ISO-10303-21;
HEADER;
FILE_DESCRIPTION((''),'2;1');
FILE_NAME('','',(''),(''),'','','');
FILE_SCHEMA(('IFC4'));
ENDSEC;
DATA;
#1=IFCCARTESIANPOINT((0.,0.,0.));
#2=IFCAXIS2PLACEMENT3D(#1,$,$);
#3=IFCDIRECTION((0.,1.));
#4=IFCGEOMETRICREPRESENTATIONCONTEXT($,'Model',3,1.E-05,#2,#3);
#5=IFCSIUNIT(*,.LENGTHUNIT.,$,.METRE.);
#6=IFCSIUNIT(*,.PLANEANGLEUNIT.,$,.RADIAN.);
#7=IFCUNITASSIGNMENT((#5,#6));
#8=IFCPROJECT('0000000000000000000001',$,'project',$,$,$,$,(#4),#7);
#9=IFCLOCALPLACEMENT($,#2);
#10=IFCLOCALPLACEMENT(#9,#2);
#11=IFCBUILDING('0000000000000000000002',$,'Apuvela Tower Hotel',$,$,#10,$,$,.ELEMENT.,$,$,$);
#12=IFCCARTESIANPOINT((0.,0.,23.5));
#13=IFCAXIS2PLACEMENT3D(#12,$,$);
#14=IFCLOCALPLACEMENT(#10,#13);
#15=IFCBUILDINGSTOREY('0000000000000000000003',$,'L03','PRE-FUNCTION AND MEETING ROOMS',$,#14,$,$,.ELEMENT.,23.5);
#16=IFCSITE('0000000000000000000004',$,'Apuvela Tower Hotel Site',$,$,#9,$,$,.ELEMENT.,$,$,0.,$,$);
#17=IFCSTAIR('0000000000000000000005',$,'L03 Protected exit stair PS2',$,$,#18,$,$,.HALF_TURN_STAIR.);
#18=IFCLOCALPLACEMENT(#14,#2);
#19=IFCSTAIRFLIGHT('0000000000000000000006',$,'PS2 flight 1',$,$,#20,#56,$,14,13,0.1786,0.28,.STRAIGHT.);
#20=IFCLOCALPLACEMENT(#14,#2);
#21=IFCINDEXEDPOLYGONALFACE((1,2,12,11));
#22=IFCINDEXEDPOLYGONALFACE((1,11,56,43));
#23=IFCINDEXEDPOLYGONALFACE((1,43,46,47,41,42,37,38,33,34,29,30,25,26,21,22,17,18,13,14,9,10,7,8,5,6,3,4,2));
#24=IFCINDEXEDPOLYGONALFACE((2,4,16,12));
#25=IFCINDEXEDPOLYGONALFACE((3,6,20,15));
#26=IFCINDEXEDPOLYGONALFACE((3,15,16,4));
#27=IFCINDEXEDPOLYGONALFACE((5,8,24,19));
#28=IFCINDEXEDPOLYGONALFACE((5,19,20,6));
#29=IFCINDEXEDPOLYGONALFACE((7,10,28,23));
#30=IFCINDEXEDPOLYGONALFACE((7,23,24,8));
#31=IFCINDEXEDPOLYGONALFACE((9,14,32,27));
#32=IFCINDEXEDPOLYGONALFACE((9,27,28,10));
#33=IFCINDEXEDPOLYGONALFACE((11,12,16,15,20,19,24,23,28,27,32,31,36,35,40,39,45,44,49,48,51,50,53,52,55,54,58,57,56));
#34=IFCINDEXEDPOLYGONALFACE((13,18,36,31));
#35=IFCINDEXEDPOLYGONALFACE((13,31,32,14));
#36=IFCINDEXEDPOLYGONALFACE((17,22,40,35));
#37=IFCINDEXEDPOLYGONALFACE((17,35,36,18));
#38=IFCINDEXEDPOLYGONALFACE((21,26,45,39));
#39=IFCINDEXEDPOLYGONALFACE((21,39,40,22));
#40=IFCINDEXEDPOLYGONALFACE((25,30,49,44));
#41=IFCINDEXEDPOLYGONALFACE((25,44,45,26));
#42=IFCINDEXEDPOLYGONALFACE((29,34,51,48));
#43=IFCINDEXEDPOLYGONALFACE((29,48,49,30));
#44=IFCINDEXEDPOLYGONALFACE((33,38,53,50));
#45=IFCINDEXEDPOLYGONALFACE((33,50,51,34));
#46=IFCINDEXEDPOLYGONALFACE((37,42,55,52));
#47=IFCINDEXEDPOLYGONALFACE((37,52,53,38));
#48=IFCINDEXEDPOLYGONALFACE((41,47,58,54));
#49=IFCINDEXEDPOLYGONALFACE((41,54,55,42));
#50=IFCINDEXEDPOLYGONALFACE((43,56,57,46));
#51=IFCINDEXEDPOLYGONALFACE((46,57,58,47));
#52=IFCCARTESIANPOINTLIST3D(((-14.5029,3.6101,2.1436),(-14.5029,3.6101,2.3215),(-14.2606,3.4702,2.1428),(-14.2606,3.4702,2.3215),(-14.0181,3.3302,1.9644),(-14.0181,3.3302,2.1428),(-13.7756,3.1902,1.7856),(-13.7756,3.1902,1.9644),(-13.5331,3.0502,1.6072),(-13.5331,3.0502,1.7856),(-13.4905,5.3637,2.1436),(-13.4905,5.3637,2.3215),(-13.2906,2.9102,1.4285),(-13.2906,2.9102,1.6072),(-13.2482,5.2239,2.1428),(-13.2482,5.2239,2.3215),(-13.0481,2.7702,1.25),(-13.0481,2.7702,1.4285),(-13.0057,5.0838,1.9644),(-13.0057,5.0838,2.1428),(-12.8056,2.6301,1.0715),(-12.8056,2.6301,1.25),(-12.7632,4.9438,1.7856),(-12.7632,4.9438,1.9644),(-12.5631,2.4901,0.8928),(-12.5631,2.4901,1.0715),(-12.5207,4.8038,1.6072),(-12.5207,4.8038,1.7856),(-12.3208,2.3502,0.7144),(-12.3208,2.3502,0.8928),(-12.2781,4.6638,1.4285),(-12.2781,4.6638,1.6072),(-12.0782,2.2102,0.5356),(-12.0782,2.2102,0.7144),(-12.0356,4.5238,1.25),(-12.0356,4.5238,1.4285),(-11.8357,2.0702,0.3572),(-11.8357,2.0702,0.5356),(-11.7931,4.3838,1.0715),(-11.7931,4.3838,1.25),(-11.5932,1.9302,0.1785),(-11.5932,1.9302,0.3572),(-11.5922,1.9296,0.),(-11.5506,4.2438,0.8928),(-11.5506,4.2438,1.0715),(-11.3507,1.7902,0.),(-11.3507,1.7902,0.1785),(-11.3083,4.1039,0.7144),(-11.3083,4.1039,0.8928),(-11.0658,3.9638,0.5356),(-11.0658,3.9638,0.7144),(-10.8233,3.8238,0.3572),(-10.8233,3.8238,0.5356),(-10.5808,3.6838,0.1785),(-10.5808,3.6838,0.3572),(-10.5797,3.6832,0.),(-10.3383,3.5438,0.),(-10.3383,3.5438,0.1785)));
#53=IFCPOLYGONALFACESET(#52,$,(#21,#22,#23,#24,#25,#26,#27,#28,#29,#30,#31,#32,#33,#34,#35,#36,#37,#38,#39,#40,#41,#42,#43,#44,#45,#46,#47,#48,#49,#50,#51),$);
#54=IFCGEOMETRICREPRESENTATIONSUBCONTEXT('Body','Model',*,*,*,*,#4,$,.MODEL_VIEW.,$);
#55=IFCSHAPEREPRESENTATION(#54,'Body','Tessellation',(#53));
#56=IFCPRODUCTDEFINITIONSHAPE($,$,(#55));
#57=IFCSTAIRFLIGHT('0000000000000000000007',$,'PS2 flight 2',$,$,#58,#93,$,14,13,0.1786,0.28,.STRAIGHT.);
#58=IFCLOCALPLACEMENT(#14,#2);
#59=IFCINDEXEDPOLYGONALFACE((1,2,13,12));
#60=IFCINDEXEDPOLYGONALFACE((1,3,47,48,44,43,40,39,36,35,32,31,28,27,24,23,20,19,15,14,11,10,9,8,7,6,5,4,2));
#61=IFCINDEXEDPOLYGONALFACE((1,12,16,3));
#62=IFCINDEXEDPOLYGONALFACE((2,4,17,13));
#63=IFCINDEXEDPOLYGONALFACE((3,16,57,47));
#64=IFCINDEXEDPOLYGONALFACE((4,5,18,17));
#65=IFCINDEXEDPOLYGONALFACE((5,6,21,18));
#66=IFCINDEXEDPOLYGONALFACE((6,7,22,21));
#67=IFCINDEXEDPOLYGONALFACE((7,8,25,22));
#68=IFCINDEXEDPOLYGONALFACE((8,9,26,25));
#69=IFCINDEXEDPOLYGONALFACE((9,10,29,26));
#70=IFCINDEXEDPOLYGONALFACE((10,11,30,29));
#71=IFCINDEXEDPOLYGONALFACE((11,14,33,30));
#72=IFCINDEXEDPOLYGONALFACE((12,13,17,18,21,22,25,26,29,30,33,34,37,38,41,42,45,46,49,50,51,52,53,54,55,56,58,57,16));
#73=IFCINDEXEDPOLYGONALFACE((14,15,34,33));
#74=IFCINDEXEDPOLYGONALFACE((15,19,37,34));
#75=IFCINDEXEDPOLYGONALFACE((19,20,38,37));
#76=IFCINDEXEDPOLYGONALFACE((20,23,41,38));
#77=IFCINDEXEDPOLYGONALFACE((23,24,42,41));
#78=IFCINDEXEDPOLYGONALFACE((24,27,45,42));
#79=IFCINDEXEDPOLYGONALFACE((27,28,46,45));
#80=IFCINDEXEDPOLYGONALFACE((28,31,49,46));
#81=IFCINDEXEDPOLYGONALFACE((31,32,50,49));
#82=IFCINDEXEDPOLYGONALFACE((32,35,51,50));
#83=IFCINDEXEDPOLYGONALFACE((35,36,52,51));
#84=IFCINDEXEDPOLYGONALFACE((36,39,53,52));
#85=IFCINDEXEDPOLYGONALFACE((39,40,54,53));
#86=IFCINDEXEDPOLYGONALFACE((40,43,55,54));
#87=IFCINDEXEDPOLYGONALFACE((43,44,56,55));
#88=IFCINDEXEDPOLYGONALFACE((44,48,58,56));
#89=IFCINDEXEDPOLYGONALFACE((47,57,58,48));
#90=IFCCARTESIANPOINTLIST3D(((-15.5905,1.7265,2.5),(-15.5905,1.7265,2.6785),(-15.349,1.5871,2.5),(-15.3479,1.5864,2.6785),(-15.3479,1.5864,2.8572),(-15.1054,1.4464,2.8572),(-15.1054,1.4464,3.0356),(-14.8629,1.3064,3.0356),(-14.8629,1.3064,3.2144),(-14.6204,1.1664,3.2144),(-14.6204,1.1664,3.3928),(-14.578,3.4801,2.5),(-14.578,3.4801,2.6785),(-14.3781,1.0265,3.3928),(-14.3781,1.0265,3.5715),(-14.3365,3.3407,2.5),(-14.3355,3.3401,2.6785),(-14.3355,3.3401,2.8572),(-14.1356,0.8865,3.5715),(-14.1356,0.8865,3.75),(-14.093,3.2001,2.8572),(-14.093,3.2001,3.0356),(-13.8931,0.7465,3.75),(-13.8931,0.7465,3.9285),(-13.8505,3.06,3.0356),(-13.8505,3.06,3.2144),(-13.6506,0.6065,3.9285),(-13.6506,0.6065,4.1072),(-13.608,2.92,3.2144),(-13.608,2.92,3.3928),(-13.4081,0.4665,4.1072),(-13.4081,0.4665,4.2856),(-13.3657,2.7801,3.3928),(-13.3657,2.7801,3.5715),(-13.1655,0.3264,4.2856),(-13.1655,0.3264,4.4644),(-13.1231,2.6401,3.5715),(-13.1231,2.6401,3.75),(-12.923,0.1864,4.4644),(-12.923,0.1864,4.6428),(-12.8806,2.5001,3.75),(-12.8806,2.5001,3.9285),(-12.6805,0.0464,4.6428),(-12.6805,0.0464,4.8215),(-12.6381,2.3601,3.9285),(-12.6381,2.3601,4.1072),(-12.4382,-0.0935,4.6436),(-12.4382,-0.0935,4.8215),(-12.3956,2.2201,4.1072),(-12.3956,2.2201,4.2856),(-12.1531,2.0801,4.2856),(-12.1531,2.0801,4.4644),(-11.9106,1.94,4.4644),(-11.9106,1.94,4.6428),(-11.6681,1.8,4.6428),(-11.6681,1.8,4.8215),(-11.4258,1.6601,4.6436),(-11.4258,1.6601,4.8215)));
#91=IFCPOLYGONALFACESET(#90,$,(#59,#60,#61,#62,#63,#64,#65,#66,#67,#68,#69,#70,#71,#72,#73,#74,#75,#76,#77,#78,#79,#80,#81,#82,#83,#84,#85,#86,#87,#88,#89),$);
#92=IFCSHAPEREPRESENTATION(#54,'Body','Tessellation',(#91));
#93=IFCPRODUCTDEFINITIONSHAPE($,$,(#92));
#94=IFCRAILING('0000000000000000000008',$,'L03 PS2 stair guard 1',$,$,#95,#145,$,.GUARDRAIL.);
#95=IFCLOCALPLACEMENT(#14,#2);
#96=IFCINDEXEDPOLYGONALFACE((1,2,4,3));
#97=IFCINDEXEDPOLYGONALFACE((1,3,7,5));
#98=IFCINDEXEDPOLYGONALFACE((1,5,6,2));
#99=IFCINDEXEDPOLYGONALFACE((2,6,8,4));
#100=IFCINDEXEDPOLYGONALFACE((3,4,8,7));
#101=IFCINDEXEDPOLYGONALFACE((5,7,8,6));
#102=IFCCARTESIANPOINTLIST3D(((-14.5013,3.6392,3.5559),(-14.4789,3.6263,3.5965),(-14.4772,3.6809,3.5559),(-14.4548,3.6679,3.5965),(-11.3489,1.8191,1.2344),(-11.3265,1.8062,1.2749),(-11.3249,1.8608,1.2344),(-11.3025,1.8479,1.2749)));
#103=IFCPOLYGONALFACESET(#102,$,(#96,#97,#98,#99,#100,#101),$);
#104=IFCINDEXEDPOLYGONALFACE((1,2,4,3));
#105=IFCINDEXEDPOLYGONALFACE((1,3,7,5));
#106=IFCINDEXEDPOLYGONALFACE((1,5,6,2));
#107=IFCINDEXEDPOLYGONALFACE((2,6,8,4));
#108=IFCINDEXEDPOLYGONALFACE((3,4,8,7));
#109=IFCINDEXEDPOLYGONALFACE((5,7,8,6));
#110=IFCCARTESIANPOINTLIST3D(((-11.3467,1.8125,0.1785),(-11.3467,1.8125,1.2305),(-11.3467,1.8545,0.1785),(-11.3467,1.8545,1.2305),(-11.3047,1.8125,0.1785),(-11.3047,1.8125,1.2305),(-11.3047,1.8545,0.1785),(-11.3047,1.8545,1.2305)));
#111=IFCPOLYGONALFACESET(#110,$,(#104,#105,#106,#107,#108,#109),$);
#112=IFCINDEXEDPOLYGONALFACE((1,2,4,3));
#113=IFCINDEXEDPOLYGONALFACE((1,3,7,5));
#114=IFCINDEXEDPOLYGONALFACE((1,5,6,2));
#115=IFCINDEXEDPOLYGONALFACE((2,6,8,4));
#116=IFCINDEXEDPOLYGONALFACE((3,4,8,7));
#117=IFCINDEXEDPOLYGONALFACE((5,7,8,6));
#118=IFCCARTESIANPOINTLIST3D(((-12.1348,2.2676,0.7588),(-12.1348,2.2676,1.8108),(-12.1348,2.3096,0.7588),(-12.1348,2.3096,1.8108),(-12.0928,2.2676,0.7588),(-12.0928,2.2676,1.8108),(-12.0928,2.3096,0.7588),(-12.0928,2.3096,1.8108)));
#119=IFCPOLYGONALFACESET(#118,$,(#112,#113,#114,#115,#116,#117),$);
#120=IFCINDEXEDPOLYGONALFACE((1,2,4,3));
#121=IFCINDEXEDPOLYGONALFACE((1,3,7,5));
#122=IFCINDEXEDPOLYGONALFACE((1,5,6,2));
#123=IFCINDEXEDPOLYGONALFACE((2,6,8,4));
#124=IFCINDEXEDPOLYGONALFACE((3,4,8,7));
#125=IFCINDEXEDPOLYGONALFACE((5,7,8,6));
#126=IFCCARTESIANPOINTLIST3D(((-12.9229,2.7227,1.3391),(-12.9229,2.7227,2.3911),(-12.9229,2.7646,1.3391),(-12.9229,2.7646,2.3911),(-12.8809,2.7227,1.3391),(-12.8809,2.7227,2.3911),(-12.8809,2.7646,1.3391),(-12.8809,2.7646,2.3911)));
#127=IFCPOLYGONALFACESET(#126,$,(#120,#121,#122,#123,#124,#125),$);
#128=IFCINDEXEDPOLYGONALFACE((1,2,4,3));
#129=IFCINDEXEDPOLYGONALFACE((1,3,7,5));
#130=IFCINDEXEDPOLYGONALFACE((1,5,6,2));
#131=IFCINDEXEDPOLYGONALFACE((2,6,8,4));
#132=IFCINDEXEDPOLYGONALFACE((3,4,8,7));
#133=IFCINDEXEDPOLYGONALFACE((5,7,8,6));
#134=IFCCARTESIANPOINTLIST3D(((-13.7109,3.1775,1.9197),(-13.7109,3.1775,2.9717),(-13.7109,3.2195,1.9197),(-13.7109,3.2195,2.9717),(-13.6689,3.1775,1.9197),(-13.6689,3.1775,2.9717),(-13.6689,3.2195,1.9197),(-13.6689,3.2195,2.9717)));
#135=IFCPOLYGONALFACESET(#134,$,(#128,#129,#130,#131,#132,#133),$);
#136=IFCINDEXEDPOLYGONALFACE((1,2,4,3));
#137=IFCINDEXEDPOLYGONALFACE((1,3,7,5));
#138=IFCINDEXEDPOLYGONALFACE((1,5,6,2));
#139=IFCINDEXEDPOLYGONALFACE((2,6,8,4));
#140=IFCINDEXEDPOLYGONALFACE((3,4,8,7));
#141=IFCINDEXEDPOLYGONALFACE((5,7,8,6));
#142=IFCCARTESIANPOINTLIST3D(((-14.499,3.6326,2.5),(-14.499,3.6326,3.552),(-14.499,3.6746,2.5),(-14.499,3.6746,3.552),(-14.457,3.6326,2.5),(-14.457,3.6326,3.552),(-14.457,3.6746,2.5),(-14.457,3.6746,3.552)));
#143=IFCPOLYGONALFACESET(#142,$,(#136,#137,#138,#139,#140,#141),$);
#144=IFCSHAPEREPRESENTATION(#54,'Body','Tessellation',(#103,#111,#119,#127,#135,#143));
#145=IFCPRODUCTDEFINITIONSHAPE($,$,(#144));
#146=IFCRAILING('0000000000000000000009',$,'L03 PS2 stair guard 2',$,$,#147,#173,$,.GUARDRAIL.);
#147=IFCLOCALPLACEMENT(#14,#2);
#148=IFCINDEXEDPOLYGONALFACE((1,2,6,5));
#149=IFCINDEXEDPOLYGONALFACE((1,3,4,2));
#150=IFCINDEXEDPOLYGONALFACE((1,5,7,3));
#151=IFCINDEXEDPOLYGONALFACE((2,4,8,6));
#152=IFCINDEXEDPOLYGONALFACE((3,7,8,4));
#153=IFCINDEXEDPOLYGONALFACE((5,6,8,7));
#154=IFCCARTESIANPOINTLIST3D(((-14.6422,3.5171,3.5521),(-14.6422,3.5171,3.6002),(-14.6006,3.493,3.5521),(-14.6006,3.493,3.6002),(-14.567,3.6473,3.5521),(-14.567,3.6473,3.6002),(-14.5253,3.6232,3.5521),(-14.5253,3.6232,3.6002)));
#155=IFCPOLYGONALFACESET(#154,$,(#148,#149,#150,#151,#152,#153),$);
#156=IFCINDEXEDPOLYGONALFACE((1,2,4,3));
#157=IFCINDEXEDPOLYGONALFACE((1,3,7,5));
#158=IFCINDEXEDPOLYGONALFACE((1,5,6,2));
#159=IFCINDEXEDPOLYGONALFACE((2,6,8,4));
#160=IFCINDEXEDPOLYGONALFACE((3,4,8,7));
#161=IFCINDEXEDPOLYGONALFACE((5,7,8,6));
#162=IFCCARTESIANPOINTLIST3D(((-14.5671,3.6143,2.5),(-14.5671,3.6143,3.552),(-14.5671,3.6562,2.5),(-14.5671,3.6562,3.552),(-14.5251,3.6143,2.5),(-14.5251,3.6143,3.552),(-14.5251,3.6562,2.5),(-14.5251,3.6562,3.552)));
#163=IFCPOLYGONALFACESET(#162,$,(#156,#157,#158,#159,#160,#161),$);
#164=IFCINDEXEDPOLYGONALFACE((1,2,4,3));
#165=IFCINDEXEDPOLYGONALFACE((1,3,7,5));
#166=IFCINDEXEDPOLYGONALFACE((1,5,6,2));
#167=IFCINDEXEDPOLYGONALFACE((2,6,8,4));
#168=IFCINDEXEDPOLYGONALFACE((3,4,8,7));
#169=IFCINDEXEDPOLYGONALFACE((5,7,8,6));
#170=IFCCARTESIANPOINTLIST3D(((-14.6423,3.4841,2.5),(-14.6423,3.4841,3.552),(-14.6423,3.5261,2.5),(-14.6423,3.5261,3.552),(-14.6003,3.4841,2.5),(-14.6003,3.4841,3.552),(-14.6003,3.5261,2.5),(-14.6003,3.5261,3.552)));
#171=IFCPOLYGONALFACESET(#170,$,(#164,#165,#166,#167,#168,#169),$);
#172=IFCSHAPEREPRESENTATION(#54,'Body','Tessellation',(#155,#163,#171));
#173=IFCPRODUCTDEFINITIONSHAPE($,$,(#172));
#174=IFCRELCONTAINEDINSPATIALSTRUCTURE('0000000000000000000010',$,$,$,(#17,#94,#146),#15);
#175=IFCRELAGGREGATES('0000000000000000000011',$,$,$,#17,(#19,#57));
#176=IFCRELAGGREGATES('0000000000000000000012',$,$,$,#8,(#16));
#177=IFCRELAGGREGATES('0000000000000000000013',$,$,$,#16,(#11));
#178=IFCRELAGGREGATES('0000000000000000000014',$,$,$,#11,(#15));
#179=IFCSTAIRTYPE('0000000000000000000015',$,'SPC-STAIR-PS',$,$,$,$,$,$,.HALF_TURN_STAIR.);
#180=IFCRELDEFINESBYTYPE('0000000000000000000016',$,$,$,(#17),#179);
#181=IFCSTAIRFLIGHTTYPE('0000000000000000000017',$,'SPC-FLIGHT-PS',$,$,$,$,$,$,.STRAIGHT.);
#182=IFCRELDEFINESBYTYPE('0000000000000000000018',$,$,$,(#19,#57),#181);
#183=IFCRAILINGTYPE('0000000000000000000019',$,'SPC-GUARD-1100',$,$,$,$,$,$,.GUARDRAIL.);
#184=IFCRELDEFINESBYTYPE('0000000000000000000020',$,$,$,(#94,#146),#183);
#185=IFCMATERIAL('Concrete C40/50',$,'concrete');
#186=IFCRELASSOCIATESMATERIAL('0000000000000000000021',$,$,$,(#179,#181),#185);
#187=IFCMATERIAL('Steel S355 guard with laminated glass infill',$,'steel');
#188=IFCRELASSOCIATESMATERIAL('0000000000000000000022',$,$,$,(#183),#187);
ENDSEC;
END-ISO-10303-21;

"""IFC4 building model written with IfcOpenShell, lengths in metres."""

from ifc_helpers import new_model, si_unit, direction, frame, origin, origin_2d, place, context, subcontext, project, spatial, polyline, rectangle, outline, extrude, material, type_object, element, aggregate, save


model = new_model("IFC4")

# Units and contexts
model_context = context("Model", 3, precision=1e-05, world=origin(), true_north=direction((0.0, 1.0)))
body_context = subcontext(model_context, "Body", "Model", "MODEL_VIEW")
ifc_project = project(units=[si_unit("LENGTHUNIT", "METRE"), si_unit("PLANEANGLEUNIT", "RADIAN")], contexts=[model_context])

# Site, building, storey
site_placement = place(None, origin())
site = spatial("IfcSite", under=ifc_project, at=site_placement, Name="Apuvela Tower Hotel Site", CompositionType="ELEMENT", RefElevation=0.0)
building_placement = place(site_placement, origin())
building = spatial("IfcBuilding", under=site, at=building_placement, Name="Apuvela Tower Hotel", CompositionType="ELEMENT")
storey_placement = place(building_placement, frame((0.0, 0.0, 23.5)))
storey = spatial("IfcBuildingStorey", under=building, at=storey_placement, Name="L03", Description="PRE-FUNCTION AND MEETING ROOMS", CompositionType="ELEMENT", Elevation=23.5)

# Stair, stair flights
ifc_material_1 = material(Name="Concrete C40/50", Category="concrete")
stair_type_1 = type_object("IfcStairType", Name="SPC-STAIR-PS", PredefinedType="HALF_TURN_STAIR", material=ifc_material_1)
stair_1_placement = place(storey_placement, origin())
stair_1 = element("IfcStair", 1, at=stair_1_placement, inside=storey, type_object=stair_type_1, Name="L03 Protected exit stair PS2", PredefinedType="HALF_TURN_STAIR")
stair_flight_type = type_object("IfcStairFlightType", Name="SPC-FLIGHT-PS", PredefinedType="STRAIGHT", material=ifc_material_1)
stair_flight_1_placement = place(storey_placement, frame((-10.8445, 2.667, 0.0), z_axis=(0.0, 0.0, 1.0), x_axis=(-0.866025, 0.5, 0.0)))
stair_flight_1 = element("IfcStairFlight", 2, at=stair_flight_1_placement, type_object=stair_flight_type, Name="PS2 flight 1", NumberOfRisers=14, NumberOfTreads=13, PredefinedType="STRAIGHT", RiserHeight=0.1786, TreadLength=0.28, context=body_context, shape_type="SweptSolid", body=[
    extrude(outline(polyline([(0.0, 0.0), (0.0, 0.1785), (0.28, 0.1785), (0.28, 0.3572), (0.5601, 0.3572), (0.5601, 0.5356), (0.8401, 0.5356), (0.8401, 0.7144), (1.1201, 0.7144), (1.1201, 0.8928), (1.3999, 0.8928), (1.3999, 1.0715), (1.6799, 1.0715), (1.6799, 1.25), (1.96, 1.25), (1.96, 1.4285), (2.24, 1.4285), (2.24, 1.6072), (2.52, 1.6072), (2.52, 1.7856), (2.8, 1.7856), (2.8, 1.9644), (3.0801, 1.9644), (3.0801, 2.1428), (3.3601, 2.1428), (3.3601, 2.3215), (3.6399, 2.3215), (3.6399, 2.5), (3.6399, 2.1436), (0.2788, 0.0), (0.0, 0.0)])), frame((0.0, 1.0125, 0.0), z_axis=(0.0, -1.0, 0.0), x_axis=(1.0, 0.0, 0.0)), (0.0, 0.0, 1.0), 2.0249),
])
stair_flight_2_placement = place(storey_placement, frame((-15.0842, 2.6033, 2.5), z_axis=(0.0, 0.0, 1.0), x_axis=(0.866025, -0.5, 0.0)))
stair_flight_2 = element("IfcStairFlight", 3, at=stair_flight_2_placement, type_object=stair_flight_type, Name="PS2 flight 2", NumberOfRisers=14, NumberOfTreads=13, PredefinedType="STRAIGHT", RiserHeight=0.1786, TreadLength=0.28, context=body_context, shape_type="SweptSolid", body=[
    extrude(outline(polyline([(0.0, 0.0), (0.0, 0.1785), (0.28, 0.1785), (0.28, 0.3572), (0.5601, 0.3572), (0.5601, 0.5356), (0.8401, 0.5356), (0.8401, 0.7144), (1.1201, 0.7144), (1.1201, 0.8928), (1.3999, 0.8928), (1.3999, 1.0715), (1.6799, 1.0715), (1.6799, 1.25), (1.96, 1.25), (1.96, 1.4285), (2.24, 1.4285), (2.24, 1.6072), (2.52, 1.6072), (2.52, 1.7856), (2.8, 1.7856), (2.8, 1.9644), (3.0801, 1.9644), (3.0801, 2.1428), (3.3601, 2.1428), (3.3601, 2.3215), (3.6399, 2.3215), (3.6399, 2.5), (3.6399, 2.1436), (0.2788, 0.0), (0.0, 0.0)])), frame((0.0, 1.0125, 0.0), z_axis=(0.0, -1.0, 0.0), x_axis=(1.0, 0.0, 0.0)), (0.0, 0.0, 1.0), 2.0249),
])
aggregate(stair_1, [stair_flight_1, stair_flight_2])

# Railings
ifc_material_2 = material(Name="Steel S355 guard with laminated glass infill", Category="steel")
railing_type_1 = type_object("IfcRailingType", Name="SPC-GUARD-1100", PredefinedType="GUARDRAIL", material=ifc_material_2)
railing_1_placement = place(storey_placement, frame((-11.3257, 1.8335, 0.1785)))
element("IfcRailing", 4, at=railing_1_placement, inside=storey, type_object=railing_type_1, Name="L03 PS2 stair guard 1", PredefinedType="GUARDRAIL", context=body_context, shape_type="SweptSolid", body=[
    extrude(rectangle(XDim=0.0481, YDim=0.0481, at=origin_2d()), frame((0.0, 0.0, 1.0762), z_axis=(-0.730159, 0.421572, 0.537723), x_axis=(-0.500013, -0.866018, 0.0)), (0.0, 0.0, 1.0), 4.3174),
    extrude(rectangle(XDim=0.042, YDim=0.042, at=origin_2d()), origin(), (0.0, 0.0, 1.0), 1.052),
    extrude(rectangle(XDim=0.042, YDim=0.042, at=origin_2d()), frame((-0.7881, 0.4551, 0.5803)), (0.0, 0.0, 1.0), 1.052),
    extrude(rectangle(XDim=0.042, YDim=0.042, at=origin_2d()), frame((-1.5762, 0.9102, 1.1606)), (0.0, 0.0, 1.0), 1.052),
    extrude(rectangle(XDim=0.042, YDim=0.042, at=origin_2d()), frame((-2.3643, 1.365, 1.7412)), (0.0, 0.0, 1.0), 1.052),
    extrude(rectangle(XDim=0.042, YDim=0.042, at=origin_2d()), frame((-3.1523, 1.8201, 2.3215)), (0.0, 0.0, 1.0), 1.052),
])
railing_2_placement = place(storey_placement, frame((-14.5461, 3.6353, 2.5)))
element("IfcRailing", 5, at=railing_2_placement, inside=storey, type_object=railing_type_1, Name="L03 PS2 stair guard 2", PredefinedType="GUARDRAIL", context=body_context, shape_type="SweptSolid", body=[
    extrude(rectangle(XDim=0.0481, YDim=0.0481, at=origin_2d()), frame((0.0, 0.0, 1.0762), z_axis=(-0.500332, -0.865834, 0.0), x_axis=(0.865834, -0.500332, 0.0)), (0.0, 0.0, 1.0), 0.1504),
    extrude(rectangle(XDim=0.042, YDim=0.042, at=origin_2d()), origin(), (0.0, 0.0, 1.0), 1.052),
    extrude(rectangle(XDim=0.042, YDim=0.042, at=origin_2d()), frame((-0.0752, -0.1301, 0.0)), (0.0, 0.0, 1.0), 1.052),
])

save(model, "model.ifc")
